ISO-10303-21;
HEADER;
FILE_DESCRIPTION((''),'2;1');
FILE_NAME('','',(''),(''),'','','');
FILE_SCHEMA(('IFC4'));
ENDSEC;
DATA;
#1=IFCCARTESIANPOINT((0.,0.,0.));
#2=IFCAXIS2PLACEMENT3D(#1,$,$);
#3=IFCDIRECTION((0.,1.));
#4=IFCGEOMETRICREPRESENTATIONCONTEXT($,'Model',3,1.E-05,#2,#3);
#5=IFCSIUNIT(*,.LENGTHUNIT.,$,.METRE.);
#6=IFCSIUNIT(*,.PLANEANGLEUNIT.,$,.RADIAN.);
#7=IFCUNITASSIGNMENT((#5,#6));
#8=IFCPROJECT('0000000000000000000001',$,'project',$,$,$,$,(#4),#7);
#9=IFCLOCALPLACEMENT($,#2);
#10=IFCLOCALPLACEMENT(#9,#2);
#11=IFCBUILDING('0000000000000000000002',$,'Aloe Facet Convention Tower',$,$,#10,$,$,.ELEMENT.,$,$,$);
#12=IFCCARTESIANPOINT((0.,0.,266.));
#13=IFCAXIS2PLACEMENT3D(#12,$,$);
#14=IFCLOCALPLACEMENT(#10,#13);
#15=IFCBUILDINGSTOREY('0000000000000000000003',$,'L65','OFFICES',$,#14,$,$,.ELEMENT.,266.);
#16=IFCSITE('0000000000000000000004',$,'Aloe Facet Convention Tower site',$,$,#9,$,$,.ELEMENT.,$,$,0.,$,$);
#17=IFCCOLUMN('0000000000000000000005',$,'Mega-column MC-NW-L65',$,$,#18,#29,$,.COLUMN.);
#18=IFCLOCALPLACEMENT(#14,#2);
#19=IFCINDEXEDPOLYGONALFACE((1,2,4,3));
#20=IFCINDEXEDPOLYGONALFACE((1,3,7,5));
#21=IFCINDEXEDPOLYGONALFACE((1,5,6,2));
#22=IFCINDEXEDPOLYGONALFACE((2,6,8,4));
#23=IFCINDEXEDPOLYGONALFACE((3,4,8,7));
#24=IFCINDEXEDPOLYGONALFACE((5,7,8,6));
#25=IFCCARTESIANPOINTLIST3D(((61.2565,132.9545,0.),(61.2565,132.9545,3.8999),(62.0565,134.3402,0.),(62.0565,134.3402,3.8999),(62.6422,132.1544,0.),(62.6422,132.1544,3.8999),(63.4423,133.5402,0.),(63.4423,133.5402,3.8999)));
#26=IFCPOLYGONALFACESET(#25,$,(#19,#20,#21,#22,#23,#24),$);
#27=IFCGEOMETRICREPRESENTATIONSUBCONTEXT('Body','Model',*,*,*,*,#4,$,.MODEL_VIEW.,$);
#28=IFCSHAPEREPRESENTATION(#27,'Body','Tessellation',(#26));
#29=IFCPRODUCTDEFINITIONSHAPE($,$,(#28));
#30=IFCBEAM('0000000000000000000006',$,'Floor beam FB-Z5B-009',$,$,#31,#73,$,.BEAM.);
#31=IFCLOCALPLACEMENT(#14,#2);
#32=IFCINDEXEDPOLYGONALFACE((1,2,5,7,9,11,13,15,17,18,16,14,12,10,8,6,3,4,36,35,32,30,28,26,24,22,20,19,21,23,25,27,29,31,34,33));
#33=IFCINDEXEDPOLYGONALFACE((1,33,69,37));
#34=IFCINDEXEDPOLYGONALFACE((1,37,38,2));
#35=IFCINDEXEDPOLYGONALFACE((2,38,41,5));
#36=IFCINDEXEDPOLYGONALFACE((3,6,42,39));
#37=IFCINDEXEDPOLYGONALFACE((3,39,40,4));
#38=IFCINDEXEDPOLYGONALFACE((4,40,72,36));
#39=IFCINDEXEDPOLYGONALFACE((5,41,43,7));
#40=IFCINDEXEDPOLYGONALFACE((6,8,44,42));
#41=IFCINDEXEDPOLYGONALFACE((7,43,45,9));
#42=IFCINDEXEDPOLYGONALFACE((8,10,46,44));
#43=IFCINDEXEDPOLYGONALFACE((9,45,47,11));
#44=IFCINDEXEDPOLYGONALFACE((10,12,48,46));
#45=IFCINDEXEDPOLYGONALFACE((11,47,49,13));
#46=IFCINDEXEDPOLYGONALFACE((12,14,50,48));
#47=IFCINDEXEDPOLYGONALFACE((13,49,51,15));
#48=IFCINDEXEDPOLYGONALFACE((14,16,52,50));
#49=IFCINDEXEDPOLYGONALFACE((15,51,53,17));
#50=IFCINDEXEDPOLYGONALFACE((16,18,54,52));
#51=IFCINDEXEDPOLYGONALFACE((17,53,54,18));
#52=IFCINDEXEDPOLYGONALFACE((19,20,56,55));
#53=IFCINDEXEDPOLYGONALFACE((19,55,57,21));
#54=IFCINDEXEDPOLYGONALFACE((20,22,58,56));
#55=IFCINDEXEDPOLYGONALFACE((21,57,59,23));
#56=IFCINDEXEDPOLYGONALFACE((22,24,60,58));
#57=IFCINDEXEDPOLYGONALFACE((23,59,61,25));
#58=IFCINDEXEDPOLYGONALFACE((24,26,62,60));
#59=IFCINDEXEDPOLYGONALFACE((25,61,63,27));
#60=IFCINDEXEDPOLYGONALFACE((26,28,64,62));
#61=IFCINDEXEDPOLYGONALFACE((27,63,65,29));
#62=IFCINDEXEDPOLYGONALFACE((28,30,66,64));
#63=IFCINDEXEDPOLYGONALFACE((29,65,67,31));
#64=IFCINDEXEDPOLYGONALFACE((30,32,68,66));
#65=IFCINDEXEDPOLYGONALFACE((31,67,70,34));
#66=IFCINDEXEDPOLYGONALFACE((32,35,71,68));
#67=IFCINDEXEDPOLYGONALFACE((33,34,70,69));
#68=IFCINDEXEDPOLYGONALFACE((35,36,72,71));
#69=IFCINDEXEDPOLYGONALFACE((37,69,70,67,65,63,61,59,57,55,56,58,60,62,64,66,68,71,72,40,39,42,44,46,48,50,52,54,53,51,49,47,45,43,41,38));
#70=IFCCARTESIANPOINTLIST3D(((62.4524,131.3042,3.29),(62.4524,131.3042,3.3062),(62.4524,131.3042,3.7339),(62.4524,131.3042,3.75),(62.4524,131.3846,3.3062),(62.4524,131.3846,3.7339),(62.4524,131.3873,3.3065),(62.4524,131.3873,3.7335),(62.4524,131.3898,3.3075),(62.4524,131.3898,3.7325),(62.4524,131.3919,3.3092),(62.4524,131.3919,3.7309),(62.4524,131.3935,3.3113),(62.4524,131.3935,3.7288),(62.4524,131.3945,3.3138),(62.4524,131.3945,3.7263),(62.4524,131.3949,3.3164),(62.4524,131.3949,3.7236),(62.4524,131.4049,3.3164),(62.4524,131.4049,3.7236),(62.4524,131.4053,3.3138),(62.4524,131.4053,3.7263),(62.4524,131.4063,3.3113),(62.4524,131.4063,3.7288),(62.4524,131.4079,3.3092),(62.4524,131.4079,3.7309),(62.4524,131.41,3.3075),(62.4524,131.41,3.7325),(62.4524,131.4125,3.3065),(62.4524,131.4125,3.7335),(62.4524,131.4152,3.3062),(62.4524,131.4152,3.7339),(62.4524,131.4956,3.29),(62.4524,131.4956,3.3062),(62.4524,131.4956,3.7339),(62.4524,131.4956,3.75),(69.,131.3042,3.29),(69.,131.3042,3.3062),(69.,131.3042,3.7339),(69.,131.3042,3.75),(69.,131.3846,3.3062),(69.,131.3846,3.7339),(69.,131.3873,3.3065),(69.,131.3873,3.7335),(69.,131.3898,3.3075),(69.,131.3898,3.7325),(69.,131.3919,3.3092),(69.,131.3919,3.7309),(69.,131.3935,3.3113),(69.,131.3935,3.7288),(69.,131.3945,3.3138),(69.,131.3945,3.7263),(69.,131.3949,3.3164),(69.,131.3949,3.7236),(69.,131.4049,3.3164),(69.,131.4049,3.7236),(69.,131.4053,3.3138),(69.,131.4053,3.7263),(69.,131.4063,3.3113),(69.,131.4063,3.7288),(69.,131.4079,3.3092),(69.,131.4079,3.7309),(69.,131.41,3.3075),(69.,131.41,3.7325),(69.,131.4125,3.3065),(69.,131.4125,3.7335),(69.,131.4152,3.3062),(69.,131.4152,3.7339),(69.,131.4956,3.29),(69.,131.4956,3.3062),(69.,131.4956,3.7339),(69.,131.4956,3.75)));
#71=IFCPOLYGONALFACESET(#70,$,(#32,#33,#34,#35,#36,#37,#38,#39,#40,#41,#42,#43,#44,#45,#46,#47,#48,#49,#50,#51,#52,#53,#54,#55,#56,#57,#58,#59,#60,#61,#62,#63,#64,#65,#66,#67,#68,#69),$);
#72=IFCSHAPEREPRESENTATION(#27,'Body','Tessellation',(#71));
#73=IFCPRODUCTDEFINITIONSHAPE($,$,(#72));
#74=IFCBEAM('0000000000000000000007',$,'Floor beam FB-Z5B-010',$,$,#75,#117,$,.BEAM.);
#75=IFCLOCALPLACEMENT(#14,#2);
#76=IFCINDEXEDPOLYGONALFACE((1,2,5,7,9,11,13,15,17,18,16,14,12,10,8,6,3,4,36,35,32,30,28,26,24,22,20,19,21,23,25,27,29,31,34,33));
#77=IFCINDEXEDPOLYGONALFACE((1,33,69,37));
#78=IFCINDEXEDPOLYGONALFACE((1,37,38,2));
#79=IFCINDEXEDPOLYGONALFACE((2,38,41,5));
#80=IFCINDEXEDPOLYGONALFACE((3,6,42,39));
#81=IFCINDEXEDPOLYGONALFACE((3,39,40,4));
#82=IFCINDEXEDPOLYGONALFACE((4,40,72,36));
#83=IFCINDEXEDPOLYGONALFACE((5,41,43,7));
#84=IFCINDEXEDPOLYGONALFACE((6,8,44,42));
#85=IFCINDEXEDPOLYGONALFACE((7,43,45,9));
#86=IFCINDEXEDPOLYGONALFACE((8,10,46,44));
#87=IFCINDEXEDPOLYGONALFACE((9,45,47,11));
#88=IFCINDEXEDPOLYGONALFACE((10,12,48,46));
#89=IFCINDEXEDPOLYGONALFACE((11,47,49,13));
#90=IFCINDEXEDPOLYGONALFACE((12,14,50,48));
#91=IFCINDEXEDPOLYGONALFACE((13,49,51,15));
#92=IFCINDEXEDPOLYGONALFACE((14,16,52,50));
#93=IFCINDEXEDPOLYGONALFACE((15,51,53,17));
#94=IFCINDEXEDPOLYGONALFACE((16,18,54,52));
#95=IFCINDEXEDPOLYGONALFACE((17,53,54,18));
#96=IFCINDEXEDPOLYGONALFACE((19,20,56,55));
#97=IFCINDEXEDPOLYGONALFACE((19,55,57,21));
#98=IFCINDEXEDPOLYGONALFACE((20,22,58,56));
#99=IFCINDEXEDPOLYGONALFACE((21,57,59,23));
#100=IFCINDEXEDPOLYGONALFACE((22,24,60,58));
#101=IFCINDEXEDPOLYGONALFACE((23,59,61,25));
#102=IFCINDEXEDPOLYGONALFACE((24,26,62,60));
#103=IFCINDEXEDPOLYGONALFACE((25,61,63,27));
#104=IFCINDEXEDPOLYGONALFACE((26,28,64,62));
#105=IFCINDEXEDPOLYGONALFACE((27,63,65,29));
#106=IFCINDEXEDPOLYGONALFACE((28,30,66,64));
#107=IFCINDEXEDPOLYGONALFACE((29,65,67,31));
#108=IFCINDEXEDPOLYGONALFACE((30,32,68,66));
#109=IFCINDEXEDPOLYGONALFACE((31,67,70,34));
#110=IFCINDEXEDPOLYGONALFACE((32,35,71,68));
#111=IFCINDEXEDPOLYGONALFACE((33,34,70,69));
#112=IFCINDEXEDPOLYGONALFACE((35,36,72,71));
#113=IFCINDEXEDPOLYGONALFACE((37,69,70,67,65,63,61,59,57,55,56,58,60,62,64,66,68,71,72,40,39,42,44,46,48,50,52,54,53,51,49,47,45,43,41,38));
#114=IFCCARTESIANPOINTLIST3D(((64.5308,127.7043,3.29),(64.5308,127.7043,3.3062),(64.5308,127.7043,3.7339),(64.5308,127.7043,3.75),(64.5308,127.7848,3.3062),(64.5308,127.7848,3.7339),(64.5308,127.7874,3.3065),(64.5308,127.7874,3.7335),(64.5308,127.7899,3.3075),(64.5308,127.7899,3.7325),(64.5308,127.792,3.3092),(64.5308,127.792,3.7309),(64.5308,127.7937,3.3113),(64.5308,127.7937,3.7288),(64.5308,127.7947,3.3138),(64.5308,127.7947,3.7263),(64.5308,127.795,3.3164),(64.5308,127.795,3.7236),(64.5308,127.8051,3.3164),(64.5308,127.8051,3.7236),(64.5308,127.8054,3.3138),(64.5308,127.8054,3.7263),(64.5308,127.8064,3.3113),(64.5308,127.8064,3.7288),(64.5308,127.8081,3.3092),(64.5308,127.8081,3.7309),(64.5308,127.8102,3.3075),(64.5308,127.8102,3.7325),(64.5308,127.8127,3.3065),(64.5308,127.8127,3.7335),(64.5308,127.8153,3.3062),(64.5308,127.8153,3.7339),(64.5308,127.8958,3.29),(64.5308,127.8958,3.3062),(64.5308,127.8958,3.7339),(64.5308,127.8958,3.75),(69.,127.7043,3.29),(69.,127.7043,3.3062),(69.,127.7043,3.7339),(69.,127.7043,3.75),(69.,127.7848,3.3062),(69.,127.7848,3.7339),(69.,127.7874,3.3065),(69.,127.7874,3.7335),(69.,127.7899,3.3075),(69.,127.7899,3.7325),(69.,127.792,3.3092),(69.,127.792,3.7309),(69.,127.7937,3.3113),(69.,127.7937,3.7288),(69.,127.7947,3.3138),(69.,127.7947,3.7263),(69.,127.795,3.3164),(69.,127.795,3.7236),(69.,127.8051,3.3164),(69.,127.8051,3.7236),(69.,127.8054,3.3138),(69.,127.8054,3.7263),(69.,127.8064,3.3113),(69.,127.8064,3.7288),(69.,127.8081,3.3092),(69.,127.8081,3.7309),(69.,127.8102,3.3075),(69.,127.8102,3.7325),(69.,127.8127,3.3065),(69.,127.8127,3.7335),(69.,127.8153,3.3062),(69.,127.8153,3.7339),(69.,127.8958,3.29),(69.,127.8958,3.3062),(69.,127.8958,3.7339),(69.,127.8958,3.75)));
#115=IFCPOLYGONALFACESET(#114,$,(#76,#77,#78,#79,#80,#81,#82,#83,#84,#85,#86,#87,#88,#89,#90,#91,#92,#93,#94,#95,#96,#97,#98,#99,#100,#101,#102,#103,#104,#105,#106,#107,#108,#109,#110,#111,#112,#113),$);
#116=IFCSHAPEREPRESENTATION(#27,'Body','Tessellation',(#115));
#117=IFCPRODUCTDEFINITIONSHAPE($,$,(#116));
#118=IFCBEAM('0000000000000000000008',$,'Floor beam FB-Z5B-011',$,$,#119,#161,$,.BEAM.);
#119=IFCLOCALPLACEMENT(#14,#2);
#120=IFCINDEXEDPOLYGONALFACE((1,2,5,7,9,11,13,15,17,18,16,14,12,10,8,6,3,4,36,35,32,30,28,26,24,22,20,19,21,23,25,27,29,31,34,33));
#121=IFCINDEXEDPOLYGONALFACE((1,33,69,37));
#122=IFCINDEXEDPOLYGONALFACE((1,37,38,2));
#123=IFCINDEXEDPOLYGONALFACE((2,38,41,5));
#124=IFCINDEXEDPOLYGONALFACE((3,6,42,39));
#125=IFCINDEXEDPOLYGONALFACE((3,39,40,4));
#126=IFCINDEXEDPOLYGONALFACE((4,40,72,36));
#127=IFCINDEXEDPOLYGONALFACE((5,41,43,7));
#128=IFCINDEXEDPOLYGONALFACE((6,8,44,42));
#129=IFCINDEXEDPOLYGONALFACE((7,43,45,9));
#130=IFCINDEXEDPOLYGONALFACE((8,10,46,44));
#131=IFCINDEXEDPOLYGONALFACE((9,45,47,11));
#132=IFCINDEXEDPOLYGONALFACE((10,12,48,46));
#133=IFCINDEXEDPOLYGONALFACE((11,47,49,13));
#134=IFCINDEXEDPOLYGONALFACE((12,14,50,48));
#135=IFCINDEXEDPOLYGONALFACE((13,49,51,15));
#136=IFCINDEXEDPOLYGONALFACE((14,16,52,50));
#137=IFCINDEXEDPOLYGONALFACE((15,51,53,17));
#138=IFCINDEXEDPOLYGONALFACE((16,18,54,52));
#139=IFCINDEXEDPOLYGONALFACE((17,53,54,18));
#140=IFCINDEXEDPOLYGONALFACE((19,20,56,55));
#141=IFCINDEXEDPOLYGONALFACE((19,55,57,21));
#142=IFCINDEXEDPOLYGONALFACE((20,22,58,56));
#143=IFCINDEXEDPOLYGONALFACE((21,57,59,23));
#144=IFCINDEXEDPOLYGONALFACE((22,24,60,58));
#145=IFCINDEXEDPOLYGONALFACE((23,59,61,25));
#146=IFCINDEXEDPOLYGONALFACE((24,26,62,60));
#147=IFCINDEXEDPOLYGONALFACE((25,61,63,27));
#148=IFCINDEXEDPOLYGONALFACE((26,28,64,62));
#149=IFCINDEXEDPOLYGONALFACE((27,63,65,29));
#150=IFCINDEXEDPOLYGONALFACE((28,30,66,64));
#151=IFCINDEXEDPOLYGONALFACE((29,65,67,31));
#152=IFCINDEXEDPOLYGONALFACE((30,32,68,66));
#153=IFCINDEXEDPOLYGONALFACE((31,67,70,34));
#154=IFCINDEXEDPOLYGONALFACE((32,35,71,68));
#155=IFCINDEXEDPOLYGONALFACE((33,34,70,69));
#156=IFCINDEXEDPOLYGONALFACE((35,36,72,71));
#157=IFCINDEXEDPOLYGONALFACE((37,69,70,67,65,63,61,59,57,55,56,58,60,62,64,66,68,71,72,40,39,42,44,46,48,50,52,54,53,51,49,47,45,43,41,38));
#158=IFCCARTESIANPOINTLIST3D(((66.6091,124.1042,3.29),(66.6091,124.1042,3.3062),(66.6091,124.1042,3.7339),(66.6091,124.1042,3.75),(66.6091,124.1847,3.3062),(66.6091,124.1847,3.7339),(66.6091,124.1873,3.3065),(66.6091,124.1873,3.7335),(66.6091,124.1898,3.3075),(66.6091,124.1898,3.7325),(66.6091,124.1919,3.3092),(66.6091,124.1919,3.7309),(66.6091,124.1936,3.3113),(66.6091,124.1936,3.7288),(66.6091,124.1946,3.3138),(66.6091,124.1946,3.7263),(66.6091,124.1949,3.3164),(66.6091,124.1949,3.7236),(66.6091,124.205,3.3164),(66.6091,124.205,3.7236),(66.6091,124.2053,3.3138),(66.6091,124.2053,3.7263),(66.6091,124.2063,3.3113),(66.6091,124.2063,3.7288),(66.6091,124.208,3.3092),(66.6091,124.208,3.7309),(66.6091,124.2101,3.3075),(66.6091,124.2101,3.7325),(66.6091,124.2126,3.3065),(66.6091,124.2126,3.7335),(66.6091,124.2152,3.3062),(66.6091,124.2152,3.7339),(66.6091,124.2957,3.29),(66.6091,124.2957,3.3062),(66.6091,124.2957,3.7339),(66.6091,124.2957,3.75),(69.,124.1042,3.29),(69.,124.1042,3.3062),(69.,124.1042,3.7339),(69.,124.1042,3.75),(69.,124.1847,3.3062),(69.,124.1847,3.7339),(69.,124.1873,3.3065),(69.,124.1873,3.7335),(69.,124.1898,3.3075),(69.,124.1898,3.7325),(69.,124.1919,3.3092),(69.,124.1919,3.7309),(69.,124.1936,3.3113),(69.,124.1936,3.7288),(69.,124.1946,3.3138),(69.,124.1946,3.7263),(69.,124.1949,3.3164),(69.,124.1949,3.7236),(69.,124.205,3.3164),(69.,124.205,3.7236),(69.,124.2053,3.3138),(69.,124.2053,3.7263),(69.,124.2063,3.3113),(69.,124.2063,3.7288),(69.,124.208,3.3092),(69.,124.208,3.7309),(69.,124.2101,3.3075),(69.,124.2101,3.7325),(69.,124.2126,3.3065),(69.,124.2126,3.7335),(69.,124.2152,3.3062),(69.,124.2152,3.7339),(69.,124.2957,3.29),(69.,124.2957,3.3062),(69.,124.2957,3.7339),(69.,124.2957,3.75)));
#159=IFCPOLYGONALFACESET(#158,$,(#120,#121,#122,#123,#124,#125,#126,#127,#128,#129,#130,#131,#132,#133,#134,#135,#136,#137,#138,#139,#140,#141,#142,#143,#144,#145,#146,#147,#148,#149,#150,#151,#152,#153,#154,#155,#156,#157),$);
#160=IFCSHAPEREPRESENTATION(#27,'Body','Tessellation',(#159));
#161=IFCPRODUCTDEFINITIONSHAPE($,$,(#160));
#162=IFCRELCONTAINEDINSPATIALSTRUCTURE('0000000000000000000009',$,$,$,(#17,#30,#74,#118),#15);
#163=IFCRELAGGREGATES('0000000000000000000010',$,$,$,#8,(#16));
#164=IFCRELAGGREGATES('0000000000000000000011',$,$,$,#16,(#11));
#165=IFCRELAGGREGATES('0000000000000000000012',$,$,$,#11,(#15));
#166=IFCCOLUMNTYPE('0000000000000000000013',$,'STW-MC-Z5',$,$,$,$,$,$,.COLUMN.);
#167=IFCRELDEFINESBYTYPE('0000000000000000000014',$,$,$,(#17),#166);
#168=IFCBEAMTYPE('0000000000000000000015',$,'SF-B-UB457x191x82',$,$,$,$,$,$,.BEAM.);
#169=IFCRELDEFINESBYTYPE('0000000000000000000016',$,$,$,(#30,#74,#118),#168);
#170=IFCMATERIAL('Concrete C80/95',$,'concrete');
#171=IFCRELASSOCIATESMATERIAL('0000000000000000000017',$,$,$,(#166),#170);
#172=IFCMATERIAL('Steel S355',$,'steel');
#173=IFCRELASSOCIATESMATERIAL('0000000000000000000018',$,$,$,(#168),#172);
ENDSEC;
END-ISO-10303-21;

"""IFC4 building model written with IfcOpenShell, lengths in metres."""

from ifc_helpers import new_model, si_unit, direction, frame, origin, origin_2d, place, context, subcontext, project, spatial, rectangle, i_section, extrude, material, material_profile, profile_set, type_object, element, save


model = new_model("IFC4")

# Units and contexts
model_context = context("Model", 3, precision=1e-05, world=origin(), true_north=direction((0.0, 1.0)))
body_context = subcontext(model_context, "Body", "Model", "MODEL_VIEW")
ifc_project = project(units=[si_unit("LENGTHUNIT", "METRE"), si_unit("PLANEANGLEUNIT", "RADIAN")], contexts=[model_context])

# Site, building, storey
site_placement = place(None, origin())
site = spatial("IfcSite", under=ifc_project, at=site_placement, Name="Aloe Facet Convention Tower site", CompositionType="ELEMENT", RefElevation=0.0)
building_placement = place(site_placement, origin())
building = spatial("IfcBuilding", under=site, at=building_placement, Name="Aloe Facet Convention Tower", CompositionType="ELEMENT")
storey_placement = place(building_placement, frame((0.0, 0.0, 266.0)))
storey = spatial("IfcBuildingStorey", under=building, at=storey_placement, Name="L65", Description="OFFICES", CompositionType="ELEMENT", Elevation=266.0)

# Column
ifc_material_1 = material(Name="Concrete C80/95", Category="concrete")
ifc_material_profile_1 = material_profile(ifc_material_1, rectangle(XDim=1.6001, YDim=1.6001, at=origin_2d()), Name="STW-MC-Z5")
ifc_profile_set_1 = profile_set([ifc_material_profile_1], Name="Concrete C80/95")
column_type = type_object("IfcColumnType", Name="STW-MC-Z5", PredefinedType="COLUMN", material=ifc_profile_set_1)
column_placement = place(storey_placement, frame((62.3494, 133.2473, 0.0), z_axis=(0.0, 0.0, 1.0), x_axis=(-0.5, -0.866025, 0.0)))
element("IfcColumn", 1, at=column_placement, inside=storey, type_object=column_type, Name="Mega-column MC-NW-L65", PredefinedType="COLUMN", context=body_context, shape_type="SweptSolid", body=[
    extrude(rectangle(XDim=1.6001, YDim=1.6001, at=origin_2d()), origin(), (0.0, 0.0, 1.0), 3.8999),
])

# Beams
ifc_material_2 = material(Name="Steel S355", Category="steel")
ifc_material_profile_2 = material_profile(ifc_material_2, i_section(OverallWidth=0.1914, OverallDepth=0.46, WebThickness=0.01, FlangeThickness=0.0161, FilletRadius=0.0103, at=origin_2d()), Name="UB 457x191x82")
ifc_profile_set_2 = profile_set([ifc_material_profile_2], Name="Steel S355")
beam_type_1 = type_object("IfcBeamType", Name="SF-B-UB457x191x82", PredefinedType="BEAM", material=ifc_profile_set_2)
beam_1_placement = place(storey_placement, frame((62.4524, 131.3999, 3.52), z_axis=(1.0, 0.0, 0.0), x_axis=(0.0, 1.0, 0.0)))
element("IfcBeam", 2, at=beam_1_placement, inside=storey, type_object=beam_type_1, Name="Floor beam FB-Z5B-009", PredefinedType="BEAM", context=body_context, shape_type="SweptSolid", body=[
    extrude(i_section(OverallWidth=0.1914, OverallDepth=0.46, WebThickness=0.01, FlangeThickness=0.0161, FilletRadius=0.0103, at=origin_2d()), origin(), (0.0, 0.0, 1.0), 6.5476),
])
beam_2_placement = place(storey_placement, frame((64.5308, 127.8, 3.52), z_axis=(1.0, 0.0, 0.0), x_axis=(0.0, 1.0, 0.0)))
element("IfcBeam", 3, at=beam_2_placement, inside=storey, type_object=beam_type_1, Name="Floor beam FB-Z5B-010", PredefinedType="BEAM", context=body_context, shape_type="SweptSolid", body=[
    extrude(i_section(OverallWidth=0.1914, OverallDepth=0.46, WebThickness=0.01, FlangeThickness=0.0161, FilletRadius=0.0103, at=origin_2d()), origin(), (0.0, 0.0, 1.0), 4.4692),
])
beam_3_placement = place(storey_placement, frame((66.6091, 124.2, 3.52), z_axis=(1.0, 0.0, 0.0), x_axis=(0.0, 1.0, 0.0)))
element("IfcBeam", 4, at=beam_3_placement, inside=storey, type_object=beam_type_1, Name="Floor beam FB-Z5B-011", PredefinedType="BEAM", context=body_context, shape_type="SweptSolid", body=[
    extrude(i_section(OverallWidth=0.1914, OverallDepth=0.46, WebThickness=0.01, FlangeThickness=0.0161, FilletRadius=0.0103, at=origin_2d()), origin(), (0.0, 0.0, 1.0), 2.3909),
])

save(model, "model.ifc")
